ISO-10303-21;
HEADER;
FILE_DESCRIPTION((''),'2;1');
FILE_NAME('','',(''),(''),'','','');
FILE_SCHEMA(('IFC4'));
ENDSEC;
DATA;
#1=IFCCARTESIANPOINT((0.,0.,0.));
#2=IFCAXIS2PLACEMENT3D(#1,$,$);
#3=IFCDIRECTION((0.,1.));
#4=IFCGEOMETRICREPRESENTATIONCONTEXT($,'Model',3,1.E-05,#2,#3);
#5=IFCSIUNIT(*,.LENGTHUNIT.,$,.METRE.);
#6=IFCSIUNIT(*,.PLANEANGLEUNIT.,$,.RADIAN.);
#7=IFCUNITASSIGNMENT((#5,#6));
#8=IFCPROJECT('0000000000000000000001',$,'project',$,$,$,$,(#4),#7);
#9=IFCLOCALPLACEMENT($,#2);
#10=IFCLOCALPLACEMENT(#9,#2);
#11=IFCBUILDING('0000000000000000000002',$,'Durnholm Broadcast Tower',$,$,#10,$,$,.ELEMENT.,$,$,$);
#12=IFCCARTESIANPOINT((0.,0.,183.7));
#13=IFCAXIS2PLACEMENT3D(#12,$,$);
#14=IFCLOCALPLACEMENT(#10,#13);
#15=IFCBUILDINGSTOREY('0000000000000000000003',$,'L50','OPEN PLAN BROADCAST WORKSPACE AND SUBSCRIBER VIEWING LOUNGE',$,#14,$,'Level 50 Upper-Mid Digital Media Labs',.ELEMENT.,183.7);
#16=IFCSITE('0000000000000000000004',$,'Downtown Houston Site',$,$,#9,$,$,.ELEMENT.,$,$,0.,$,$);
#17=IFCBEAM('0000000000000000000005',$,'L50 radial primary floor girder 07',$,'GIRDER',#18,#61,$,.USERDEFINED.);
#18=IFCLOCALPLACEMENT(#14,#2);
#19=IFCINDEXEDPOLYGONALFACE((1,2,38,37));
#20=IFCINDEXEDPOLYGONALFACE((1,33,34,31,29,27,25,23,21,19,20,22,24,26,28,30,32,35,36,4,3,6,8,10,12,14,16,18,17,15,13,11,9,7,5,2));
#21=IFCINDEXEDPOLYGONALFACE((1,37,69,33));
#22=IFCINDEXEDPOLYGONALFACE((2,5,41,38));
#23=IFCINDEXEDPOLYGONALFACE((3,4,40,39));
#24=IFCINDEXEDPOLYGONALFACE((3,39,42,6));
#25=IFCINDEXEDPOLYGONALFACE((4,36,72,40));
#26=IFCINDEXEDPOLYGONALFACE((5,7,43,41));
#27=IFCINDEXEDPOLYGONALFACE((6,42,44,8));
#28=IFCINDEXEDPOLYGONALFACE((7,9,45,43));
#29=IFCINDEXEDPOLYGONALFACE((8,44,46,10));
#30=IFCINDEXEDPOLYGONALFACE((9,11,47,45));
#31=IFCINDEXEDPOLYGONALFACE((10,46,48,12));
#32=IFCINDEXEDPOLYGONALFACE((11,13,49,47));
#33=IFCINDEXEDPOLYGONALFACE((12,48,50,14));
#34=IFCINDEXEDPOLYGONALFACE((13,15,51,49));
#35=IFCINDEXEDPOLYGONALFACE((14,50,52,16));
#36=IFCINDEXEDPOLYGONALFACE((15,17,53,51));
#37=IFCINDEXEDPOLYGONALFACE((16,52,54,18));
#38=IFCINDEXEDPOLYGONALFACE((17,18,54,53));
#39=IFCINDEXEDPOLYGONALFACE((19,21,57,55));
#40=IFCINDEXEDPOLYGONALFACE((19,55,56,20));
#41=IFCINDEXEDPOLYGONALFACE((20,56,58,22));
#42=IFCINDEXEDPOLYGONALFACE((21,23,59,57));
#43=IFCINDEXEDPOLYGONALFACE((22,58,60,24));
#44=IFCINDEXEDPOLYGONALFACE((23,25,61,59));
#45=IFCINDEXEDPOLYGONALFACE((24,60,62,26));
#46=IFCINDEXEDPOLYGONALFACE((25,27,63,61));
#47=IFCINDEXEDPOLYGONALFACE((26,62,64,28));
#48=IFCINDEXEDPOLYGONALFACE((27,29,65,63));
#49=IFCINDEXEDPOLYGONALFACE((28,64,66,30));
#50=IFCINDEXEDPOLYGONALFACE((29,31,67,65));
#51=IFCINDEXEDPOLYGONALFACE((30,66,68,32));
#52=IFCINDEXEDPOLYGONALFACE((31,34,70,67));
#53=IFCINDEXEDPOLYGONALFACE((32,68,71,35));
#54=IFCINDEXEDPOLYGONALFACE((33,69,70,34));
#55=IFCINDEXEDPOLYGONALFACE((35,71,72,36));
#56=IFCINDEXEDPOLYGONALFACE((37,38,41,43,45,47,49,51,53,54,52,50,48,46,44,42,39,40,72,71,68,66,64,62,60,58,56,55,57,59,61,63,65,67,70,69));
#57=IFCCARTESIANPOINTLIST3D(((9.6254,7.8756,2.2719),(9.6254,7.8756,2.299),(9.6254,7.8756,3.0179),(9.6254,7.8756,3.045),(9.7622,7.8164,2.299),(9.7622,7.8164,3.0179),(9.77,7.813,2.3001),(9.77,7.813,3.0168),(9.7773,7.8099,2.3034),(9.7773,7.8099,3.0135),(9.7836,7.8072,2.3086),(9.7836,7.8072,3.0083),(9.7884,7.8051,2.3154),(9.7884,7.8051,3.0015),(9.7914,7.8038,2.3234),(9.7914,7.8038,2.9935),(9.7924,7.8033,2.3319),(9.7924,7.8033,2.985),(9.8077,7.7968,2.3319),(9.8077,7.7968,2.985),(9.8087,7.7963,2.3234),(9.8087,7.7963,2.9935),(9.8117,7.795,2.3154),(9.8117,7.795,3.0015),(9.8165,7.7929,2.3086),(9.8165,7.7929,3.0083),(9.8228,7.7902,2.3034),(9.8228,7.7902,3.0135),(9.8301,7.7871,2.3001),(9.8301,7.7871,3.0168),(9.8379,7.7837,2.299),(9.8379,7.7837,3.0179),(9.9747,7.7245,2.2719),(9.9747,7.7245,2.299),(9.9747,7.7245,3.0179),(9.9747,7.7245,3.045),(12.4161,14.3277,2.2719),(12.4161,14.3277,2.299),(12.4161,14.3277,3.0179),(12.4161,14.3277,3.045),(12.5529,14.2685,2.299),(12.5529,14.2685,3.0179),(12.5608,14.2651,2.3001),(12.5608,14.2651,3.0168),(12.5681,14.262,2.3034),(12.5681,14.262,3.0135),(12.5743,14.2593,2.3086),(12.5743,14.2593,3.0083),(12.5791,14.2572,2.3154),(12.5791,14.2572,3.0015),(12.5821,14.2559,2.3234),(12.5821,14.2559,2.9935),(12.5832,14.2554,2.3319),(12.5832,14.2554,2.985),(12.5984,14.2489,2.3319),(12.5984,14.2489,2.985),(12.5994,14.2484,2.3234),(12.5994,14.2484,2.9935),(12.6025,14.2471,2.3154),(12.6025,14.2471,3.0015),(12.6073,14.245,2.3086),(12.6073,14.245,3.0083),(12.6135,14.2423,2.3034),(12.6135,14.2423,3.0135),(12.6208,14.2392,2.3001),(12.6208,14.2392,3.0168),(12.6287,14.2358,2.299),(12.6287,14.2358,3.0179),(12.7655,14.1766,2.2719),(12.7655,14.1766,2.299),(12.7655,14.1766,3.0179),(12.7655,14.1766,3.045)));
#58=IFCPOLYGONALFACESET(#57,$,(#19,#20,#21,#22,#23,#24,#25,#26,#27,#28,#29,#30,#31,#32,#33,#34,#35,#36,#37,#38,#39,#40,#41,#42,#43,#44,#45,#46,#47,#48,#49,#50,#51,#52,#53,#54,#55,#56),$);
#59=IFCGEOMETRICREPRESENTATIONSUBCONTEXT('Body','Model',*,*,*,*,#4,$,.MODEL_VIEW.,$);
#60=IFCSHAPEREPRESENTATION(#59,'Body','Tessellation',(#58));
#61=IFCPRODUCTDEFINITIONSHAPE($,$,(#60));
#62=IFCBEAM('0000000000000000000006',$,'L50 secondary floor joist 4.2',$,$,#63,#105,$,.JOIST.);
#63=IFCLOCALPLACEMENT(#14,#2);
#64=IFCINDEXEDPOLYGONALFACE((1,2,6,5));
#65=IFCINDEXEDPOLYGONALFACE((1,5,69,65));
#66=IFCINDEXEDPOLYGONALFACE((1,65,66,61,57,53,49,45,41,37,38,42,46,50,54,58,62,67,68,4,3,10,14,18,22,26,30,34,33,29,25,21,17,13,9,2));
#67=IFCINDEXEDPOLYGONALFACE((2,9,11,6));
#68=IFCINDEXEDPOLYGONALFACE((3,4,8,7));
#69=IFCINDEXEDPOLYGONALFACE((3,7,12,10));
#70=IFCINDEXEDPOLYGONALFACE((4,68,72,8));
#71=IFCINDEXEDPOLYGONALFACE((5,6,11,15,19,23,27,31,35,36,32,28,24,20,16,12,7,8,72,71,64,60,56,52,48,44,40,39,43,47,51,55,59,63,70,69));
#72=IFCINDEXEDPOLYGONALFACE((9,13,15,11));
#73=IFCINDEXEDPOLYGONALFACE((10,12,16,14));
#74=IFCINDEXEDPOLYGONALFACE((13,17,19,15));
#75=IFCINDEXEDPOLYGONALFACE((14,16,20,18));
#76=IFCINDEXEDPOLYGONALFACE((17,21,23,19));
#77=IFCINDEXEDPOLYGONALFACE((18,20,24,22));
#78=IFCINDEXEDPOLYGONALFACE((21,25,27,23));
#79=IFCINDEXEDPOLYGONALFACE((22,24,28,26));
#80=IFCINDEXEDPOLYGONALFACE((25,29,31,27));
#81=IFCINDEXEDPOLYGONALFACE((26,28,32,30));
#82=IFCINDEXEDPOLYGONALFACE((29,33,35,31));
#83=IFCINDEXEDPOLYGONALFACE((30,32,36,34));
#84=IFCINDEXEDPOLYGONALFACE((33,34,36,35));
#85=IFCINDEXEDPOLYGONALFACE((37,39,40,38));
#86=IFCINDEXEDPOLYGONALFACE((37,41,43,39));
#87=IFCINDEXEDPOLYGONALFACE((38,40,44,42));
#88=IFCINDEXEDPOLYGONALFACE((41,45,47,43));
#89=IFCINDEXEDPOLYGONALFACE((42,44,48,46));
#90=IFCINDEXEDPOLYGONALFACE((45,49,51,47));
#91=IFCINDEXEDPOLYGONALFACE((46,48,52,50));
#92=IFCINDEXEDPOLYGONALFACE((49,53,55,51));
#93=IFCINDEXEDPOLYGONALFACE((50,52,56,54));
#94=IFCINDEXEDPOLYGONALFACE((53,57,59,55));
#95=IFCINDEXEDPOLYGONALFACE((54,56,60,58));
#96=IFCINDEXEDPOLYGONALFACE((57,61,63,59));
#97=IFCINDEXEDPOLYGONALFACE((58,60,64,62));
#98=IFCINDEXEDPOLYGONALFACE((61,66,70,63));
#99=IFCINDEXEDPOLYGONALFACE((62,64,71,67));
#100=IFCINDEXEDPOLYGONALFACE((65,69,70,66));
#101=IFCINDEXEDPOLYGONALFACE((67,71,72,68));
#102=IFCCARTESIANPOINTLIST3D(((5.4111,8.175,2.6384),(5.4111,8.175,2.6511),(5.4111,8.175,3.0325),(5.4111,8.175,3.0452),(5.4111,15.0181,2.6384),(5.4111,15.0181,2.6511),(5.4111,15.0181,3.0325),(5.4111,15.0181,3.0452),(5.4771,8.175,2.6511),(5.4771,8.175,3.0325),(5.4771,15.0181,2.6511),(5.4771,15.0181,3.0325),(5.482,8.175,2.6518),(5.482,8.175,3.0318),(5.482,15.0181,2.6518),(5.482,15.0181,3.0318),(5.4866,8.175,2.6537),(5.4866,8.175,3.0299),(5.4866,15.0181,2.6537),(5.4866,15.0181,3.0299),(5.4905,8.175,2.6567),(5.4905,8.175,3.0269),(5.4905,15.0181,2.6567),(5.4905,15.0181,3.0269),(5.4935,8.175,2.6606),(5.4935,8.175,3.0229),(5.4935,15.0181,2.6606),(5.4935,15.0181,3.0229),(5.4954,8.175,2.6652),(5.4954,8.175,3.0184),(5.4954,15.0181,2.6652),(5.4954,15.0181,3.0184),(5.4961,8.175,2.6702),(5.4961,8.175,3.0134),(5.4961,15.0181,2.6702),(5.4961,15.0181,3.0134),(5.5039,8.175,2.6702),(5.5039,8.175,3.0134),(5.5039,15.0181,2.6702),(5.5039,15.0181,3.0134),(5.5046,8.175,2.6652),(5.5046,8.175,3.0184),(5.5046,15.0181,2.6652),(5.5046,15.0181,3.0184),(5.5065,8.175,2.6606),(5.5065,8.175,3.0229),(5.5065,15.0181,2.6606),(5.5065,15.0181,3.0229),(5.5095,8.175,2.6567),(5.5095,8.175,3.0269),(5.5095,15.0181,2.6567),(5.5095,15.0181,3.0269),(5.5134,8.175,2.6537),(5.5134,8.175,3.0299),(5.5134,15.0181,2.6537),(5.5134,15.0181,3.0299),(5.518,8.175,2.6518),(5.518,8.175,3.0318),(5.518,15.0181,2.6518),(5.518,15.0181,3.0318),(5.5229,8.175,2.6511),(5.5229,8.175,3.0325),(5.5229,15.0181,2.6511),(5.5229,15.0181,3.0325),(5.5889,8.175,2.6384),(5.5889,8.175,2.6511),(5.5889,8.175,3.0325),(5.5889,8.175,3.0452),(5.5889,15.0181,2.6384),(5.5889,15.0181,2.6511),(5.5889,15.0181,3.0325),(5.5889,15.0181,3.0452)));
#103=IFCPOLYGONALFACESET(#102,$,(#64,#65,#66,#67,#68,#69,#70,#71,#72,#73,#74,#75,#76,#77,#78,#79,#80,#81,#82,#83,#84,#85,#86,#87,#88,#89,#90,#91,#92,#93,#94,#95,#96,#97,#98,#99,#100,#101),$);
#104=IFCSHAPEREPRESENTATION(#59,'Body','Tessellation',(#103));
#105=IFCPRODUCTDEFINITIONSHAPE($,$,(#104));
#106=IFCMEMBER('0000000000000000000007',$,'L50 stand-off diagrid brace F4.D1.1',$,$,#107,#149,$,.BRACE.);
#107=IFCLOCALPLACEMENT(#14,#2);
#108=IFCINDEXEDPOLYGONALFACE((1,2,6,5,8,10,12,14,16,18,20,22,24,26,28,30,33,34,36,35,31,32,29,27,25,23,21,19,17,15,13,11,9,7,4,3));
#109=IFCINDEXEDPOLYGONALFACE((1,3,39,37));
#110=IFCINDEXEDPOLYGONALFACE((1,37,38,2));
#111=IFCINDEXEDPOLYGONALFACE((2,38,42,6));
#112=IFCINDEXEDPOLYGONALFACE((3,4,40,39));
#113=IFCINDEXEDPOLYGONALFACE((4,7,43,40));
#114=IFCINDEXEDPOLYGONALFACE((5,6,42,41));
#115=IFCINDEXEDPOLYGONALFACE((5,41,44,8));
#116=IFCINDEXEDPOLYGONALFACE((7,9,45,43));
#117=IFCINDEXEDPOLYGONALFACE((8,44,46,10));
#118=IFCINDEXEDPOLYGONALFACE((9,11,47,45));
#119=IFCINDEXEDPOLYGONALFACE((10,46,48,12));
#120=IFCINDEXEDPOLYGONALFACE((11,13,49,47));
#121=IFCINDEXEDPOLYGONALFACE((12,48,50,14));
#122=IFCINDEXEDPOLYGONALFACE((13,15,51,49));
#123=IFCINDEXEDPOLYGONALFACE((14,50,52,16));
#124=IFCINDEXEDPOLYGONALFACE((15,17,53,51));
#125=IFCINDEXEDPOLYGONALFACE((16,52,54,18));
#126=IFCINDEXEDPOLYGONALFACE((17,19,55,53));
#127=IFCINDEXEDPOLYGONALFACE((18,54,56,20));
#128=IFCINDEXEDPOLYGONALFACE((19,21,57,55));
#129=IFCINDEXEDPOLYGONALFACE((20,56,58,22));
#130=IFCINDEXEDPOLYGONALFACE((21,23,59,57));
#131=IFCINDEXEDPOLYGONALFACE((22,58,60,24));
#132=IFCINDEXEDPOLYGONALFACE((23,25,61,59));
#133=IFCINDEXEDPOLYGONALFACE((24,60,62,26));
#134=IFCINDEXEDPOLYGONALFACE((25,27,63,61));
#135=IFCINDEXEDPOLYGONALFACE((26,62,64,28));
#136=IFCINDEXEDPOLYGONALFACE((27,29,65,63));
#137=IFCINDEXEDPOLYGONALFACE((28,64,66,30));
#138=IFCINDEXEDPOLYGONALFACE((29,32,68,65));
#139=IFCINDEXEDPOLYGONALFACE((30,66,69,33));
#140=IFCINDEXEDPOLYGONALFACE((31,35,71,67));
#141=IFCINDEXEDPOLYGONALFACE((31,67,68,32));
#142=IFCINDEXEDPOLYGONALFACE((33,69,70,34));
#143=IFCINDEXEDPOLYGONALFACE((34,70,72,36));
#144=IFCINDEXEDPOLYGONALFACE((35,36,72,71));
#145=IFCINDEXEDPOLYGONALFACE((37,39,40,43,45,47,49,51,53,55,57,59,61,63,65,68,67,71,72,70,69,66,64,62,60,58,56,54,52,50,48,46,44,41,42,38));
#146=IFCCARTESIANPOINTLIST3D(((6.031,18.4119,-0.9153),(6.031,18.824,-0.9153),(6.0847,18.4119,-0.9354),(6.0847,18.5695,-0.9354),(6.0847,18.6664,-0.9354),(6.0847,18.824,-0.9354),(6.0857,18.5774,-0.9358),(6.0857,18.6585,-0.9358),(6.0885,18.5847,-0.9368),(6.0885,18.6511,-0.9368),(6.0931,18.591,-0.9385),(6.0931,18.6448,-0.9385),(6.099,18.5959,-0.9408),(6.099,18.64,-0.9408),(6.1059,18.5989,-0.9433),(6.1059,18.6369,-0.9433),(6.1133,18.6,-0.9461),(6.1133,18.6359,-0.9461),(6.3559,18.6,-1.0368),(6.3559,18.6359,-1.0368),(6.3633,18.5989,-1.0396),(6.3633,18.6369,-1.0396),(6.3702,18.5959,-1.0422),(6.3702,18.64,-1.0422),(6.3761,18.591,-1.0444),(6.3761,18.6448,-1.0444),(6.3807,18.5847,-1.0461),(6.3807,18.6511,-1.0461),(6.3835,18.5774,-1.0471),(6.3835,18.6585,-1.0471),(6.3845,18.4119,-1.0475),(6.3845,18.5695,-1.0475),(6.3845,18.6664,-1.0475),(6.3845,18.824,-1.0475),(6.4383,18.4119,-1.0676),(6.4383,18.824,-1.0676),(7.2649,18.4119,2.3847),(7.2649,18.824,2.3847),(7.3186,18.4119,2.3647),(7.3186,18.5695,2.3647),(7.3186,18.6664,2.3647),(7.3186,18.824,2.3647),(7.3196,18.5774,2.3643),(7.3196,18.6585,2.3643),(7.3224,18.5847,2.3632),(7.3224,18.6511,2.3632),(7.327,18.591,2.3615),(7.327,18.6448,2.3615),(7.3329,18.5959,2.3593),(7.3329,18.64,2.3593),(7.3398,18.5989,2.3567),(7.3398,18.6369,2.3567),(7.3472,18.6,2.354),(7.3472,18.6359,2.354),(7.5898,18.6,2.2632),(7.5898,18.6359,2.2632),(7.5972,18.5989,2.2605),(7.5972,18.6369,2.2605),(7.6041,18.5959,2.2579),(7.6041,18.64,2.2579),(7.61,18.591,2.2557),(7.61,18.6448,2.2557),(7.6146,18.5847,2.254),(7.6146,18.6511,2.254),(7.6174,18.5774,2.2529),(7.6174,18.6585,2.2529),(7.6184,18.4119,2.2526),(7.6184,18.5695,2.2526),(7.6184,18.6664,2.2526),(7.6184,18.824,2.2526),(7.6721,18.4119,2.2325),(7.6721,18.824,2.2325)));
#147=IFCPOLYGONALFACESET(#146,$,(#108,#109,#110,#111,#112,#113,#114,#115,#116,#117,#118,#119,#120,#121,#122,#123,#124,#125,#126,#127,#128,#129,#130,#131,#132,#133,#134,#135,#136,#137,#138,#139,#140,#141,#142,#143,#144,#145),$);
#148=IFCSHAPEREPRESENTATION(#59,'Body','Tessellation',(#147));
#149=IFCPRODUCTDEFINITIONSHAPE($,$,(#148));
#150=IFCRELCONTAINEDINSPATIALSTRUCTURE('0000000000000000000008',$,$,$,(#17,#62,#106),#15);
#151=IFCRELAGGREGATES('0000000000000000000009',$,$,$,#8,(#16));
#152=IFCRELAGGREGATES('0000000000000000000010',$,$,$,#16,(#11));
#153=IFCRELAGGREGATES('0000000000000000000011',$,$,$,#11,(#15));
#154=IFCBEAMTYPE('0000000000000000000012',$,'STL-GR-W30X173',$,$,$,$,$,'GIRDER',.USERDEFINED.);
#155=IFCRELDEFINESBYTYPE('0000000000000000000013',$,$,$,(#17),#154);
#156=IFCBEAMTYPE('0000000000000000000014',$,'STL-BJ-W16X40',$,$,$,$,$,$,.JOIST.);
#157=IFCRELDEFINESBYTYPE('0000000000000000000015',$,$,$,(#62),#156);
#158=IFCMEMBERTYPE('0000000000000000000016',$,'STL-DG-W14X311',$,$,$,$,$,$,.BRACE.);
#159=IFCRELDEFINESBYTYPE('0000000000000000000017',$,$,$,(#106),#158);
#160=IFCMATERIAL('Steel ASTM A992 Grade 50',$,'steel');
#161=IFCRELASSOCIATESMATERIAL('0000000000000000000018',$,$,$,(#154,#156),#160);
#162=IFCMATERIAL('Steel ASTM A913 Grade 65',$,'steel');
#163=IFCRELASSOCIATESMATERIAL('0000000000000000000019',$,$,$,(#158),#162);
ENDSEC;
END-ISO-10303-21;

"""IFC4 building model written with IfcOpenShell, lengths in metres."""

from ifc_helpers import new_model, si_unit, direction, frame, origin, origin_2d, place, context, subcontext, project, spatial, i_section, extrude, source, transform, mapped, material, material_profile, profile_set, type_object, type_shapes, element, save


model = new_model("IFC4")

# Units and contexts
model_context = context("Model", 3, precision=1e-05, world=origin(), true_north=direction((0.0, 1.0)))
body_context = subcontext(model_context, "Body", "Model", "MODEL_VIEW")
ifc_project = project(units=[si_unit("LENGTHUNIT", "METRE"), si_unit("PLANEANGLEUNIT", "RADIAN")], contexts=[model_context])

# Site, building, storey
site_placement = place(None, origin())
site = spatial("IfcSite", under=ifc_project, at=site_placement, Name="Downtown Houston Site", CompositionType="ELEMENT", RefElevation=0.0)
building_placement = place(site_placement, origin())
building = spatial("IfcBuilding", under=site, at=building_placement, Name="Durnholm Broadcast Tower", CompositionType="ELEMENT")
storey_placement = place(building_placement, frame((0.0, 0.0, 183.7)))
storey = spatial("IfcBuildingStorey", under=building, at=storey_placement, Name="L50", Description="OPEN PLAN BROADCAST WORKSPACE AND SUBSCRIBER VIEWING LOUNGE", LongName="Level 50 Upper-Mid Digital Media Labs", CompositionType="ELEMENT", Elevation=183.7)

# Beams
ifc_material_1 = material(Name="Steel ASTM A992 Grade 50", Category="steel")
ifc_material_profile_1 = material_profile(ifc_material_1, i_section(OverallWidth=0.3806, OverallDepth=0.7732, WebThickness=0.0166, FlangeThickness=0.0271, FilletRadius=0.033, at=origin_2d()), Name="W30X173")
ifc_profile_set_1 = profile_set([ifc_material_profile_1], Name="Steel ASTM A992 Grade 50")
beam_type_1 = type_object("IfcBeamType", Name="STL-GR-W30X173", ElementType="GIRDER", PredefinedType="USERDEFINED", material=ifc_profile_set_1)
shared_shape_1 = source(origin(), body_context, "Body", "SweptSolid", [
    extrude(i_section(OverallWidth=0.3806, OverallDepth=0.7732, WebThickness=0.0166, FlangeThickness=0.0271, FilletRadius=0.033, at=origin_2d()), origin(), (0.0, 0.0, 1.0), 7.0298),
])
beam_1_placement = place(storey_placement, frame((9.8, 7.8, 2.6584), z_axis=(0.396989, 0.917823, 0.0), x_axis=(-0.917823, 0.396989, 0.0)))
element("IfcBeam", 1, at=beam_1_placement, inside=storey, type_object=beam_type_1, Name="L50 radial primary floor girder 07", ObjectType="GIRDER", PredefinedType="USERDEFINED", context=body_context, shape_type="MappedRepresentation", body=[
    mapped(shared_shape_1, transform((0.0, 0.0, 0.0), x_axis=(1.0, 0.0, 0.0), y_axis=(0.0, 1.0, 0.0), z_axis=(0.0, 0.0, 1.0), scale=1.0)),
])
ifc_material_profile_2 = material_profile(ifc_material_1, i_section(OverallWidth=0.1777, OverallDepth=0.4067, WebThickness=0.0078, FlangeThickness=0.0127, FilletRadius=0.019, at=origin_2d()), Name="W16X40")
ifc_profile_set_2 = profile_set([ifc_material_profile_2], Name="Steel ASTM A992 Grade 50")
beam_type_2 = type_object("IfcBeamType", Name="STL-BJ-W16X40", PredefinedType="JOIST", material=ifc_profile_set_2)
shared_shape_2 = source(origin(), body_context, "Body", "SweptSolid", [
    extrude(i_section(OverallWidth=0.1777, OverallDepth=0.4067, WebThickness=0.0078, FlangeThickness=0.0127, FilletRadius=0.019, at=origin_2d()), origin(), (0.0, 0.0, 1.0), 6.843),
])
type_shapes(beam_type_2, [shared_shape_2])
beam_2_placement = place(storey_placement, frame((5.5, 8.175, 2.8418), z_axis=(0.0, 1.0, 0.0), x_axis=(-1.0, 0.0, 0.0)))
element("IfcBeam", 2, at=beam_2_placement, inside=storey, type_object=beam_type_2, Name="L50 secondary floor joist 4.2", PredefinedType="JOIST", context=body_context, shape_type="MappedRepresentation", body=[
    mapped(shared_shape_2, transform((0.0, 0.0, 0.0), x_axis=(1.0, 0.0, 0.0), y_axis=(0.0, 1.0, 0.0), z_axis=(0.0, 0.0, 1.0), scale=1.0)),
])

# Member
ifc_material_2 = material(Name="Steel ASTM A913 Grade 65", Category="steel")
ifc_material_profile_3 = material_profile(ifc_material_2, i_section(OverallWidth=0.4121, OverallDepth=0.4348, WebThickness=0.0359, FlangeThickness=0.0574, FilletRadius=0.0305, at=origin_2d()), Name="W14X311")
ifc_profile_set_3 = profile_set([ifc_material_profile_3], Name="Steel ASTM A913 Grade 65")
member_type_1 = type_object("IfcMemberType", Name="STL-DG-W14X311", PredefinedType="BRACE", material=ifc_profile_set_3)
shared_shape_3 = source(origin(), body_context, "Body", "SweptSolid", [
    extrude(i_section(OverallWidth=0.4121, OverallDepth=0.4348, WebThickness=0.0359, FlangeThickness=0.0574, FilletRadius=0.0305, at=origin_2d()), origin(), (0.0, 0.0, 1.0), 3.5232),
])
type_shapes(member_type_1, [shared_shape_3])
for number, where, z_axis, x_axis, name in (
    (3, (6.2346, 18.6179, -0.9915), (0.35022, 0.0, 0.936668), (0.0, 1.0, 0.0), "L50 stand-off diagrid brace F4.D1.1"),
):
    element("IfcMember", number, at=place(storey_placement, frame(where, z_axis=z_axis, x_axis=x_axis)), inside=storey, type_object=member_type_1, Name=name, PredefinedType="BRACE", context=body_context, shape_type="MappedRepresentation", body=[
        mapped(shared_shape_3, transform((0.0, 0.0, 0.0), x_axis=(1.0, 0.0, 0.0), y_axis=(0.0, 1.0, 0.0), z_axis=(0.0, 0.0, 1.0), scale=1.0)),
    ])

save(model, "model.ifc")
